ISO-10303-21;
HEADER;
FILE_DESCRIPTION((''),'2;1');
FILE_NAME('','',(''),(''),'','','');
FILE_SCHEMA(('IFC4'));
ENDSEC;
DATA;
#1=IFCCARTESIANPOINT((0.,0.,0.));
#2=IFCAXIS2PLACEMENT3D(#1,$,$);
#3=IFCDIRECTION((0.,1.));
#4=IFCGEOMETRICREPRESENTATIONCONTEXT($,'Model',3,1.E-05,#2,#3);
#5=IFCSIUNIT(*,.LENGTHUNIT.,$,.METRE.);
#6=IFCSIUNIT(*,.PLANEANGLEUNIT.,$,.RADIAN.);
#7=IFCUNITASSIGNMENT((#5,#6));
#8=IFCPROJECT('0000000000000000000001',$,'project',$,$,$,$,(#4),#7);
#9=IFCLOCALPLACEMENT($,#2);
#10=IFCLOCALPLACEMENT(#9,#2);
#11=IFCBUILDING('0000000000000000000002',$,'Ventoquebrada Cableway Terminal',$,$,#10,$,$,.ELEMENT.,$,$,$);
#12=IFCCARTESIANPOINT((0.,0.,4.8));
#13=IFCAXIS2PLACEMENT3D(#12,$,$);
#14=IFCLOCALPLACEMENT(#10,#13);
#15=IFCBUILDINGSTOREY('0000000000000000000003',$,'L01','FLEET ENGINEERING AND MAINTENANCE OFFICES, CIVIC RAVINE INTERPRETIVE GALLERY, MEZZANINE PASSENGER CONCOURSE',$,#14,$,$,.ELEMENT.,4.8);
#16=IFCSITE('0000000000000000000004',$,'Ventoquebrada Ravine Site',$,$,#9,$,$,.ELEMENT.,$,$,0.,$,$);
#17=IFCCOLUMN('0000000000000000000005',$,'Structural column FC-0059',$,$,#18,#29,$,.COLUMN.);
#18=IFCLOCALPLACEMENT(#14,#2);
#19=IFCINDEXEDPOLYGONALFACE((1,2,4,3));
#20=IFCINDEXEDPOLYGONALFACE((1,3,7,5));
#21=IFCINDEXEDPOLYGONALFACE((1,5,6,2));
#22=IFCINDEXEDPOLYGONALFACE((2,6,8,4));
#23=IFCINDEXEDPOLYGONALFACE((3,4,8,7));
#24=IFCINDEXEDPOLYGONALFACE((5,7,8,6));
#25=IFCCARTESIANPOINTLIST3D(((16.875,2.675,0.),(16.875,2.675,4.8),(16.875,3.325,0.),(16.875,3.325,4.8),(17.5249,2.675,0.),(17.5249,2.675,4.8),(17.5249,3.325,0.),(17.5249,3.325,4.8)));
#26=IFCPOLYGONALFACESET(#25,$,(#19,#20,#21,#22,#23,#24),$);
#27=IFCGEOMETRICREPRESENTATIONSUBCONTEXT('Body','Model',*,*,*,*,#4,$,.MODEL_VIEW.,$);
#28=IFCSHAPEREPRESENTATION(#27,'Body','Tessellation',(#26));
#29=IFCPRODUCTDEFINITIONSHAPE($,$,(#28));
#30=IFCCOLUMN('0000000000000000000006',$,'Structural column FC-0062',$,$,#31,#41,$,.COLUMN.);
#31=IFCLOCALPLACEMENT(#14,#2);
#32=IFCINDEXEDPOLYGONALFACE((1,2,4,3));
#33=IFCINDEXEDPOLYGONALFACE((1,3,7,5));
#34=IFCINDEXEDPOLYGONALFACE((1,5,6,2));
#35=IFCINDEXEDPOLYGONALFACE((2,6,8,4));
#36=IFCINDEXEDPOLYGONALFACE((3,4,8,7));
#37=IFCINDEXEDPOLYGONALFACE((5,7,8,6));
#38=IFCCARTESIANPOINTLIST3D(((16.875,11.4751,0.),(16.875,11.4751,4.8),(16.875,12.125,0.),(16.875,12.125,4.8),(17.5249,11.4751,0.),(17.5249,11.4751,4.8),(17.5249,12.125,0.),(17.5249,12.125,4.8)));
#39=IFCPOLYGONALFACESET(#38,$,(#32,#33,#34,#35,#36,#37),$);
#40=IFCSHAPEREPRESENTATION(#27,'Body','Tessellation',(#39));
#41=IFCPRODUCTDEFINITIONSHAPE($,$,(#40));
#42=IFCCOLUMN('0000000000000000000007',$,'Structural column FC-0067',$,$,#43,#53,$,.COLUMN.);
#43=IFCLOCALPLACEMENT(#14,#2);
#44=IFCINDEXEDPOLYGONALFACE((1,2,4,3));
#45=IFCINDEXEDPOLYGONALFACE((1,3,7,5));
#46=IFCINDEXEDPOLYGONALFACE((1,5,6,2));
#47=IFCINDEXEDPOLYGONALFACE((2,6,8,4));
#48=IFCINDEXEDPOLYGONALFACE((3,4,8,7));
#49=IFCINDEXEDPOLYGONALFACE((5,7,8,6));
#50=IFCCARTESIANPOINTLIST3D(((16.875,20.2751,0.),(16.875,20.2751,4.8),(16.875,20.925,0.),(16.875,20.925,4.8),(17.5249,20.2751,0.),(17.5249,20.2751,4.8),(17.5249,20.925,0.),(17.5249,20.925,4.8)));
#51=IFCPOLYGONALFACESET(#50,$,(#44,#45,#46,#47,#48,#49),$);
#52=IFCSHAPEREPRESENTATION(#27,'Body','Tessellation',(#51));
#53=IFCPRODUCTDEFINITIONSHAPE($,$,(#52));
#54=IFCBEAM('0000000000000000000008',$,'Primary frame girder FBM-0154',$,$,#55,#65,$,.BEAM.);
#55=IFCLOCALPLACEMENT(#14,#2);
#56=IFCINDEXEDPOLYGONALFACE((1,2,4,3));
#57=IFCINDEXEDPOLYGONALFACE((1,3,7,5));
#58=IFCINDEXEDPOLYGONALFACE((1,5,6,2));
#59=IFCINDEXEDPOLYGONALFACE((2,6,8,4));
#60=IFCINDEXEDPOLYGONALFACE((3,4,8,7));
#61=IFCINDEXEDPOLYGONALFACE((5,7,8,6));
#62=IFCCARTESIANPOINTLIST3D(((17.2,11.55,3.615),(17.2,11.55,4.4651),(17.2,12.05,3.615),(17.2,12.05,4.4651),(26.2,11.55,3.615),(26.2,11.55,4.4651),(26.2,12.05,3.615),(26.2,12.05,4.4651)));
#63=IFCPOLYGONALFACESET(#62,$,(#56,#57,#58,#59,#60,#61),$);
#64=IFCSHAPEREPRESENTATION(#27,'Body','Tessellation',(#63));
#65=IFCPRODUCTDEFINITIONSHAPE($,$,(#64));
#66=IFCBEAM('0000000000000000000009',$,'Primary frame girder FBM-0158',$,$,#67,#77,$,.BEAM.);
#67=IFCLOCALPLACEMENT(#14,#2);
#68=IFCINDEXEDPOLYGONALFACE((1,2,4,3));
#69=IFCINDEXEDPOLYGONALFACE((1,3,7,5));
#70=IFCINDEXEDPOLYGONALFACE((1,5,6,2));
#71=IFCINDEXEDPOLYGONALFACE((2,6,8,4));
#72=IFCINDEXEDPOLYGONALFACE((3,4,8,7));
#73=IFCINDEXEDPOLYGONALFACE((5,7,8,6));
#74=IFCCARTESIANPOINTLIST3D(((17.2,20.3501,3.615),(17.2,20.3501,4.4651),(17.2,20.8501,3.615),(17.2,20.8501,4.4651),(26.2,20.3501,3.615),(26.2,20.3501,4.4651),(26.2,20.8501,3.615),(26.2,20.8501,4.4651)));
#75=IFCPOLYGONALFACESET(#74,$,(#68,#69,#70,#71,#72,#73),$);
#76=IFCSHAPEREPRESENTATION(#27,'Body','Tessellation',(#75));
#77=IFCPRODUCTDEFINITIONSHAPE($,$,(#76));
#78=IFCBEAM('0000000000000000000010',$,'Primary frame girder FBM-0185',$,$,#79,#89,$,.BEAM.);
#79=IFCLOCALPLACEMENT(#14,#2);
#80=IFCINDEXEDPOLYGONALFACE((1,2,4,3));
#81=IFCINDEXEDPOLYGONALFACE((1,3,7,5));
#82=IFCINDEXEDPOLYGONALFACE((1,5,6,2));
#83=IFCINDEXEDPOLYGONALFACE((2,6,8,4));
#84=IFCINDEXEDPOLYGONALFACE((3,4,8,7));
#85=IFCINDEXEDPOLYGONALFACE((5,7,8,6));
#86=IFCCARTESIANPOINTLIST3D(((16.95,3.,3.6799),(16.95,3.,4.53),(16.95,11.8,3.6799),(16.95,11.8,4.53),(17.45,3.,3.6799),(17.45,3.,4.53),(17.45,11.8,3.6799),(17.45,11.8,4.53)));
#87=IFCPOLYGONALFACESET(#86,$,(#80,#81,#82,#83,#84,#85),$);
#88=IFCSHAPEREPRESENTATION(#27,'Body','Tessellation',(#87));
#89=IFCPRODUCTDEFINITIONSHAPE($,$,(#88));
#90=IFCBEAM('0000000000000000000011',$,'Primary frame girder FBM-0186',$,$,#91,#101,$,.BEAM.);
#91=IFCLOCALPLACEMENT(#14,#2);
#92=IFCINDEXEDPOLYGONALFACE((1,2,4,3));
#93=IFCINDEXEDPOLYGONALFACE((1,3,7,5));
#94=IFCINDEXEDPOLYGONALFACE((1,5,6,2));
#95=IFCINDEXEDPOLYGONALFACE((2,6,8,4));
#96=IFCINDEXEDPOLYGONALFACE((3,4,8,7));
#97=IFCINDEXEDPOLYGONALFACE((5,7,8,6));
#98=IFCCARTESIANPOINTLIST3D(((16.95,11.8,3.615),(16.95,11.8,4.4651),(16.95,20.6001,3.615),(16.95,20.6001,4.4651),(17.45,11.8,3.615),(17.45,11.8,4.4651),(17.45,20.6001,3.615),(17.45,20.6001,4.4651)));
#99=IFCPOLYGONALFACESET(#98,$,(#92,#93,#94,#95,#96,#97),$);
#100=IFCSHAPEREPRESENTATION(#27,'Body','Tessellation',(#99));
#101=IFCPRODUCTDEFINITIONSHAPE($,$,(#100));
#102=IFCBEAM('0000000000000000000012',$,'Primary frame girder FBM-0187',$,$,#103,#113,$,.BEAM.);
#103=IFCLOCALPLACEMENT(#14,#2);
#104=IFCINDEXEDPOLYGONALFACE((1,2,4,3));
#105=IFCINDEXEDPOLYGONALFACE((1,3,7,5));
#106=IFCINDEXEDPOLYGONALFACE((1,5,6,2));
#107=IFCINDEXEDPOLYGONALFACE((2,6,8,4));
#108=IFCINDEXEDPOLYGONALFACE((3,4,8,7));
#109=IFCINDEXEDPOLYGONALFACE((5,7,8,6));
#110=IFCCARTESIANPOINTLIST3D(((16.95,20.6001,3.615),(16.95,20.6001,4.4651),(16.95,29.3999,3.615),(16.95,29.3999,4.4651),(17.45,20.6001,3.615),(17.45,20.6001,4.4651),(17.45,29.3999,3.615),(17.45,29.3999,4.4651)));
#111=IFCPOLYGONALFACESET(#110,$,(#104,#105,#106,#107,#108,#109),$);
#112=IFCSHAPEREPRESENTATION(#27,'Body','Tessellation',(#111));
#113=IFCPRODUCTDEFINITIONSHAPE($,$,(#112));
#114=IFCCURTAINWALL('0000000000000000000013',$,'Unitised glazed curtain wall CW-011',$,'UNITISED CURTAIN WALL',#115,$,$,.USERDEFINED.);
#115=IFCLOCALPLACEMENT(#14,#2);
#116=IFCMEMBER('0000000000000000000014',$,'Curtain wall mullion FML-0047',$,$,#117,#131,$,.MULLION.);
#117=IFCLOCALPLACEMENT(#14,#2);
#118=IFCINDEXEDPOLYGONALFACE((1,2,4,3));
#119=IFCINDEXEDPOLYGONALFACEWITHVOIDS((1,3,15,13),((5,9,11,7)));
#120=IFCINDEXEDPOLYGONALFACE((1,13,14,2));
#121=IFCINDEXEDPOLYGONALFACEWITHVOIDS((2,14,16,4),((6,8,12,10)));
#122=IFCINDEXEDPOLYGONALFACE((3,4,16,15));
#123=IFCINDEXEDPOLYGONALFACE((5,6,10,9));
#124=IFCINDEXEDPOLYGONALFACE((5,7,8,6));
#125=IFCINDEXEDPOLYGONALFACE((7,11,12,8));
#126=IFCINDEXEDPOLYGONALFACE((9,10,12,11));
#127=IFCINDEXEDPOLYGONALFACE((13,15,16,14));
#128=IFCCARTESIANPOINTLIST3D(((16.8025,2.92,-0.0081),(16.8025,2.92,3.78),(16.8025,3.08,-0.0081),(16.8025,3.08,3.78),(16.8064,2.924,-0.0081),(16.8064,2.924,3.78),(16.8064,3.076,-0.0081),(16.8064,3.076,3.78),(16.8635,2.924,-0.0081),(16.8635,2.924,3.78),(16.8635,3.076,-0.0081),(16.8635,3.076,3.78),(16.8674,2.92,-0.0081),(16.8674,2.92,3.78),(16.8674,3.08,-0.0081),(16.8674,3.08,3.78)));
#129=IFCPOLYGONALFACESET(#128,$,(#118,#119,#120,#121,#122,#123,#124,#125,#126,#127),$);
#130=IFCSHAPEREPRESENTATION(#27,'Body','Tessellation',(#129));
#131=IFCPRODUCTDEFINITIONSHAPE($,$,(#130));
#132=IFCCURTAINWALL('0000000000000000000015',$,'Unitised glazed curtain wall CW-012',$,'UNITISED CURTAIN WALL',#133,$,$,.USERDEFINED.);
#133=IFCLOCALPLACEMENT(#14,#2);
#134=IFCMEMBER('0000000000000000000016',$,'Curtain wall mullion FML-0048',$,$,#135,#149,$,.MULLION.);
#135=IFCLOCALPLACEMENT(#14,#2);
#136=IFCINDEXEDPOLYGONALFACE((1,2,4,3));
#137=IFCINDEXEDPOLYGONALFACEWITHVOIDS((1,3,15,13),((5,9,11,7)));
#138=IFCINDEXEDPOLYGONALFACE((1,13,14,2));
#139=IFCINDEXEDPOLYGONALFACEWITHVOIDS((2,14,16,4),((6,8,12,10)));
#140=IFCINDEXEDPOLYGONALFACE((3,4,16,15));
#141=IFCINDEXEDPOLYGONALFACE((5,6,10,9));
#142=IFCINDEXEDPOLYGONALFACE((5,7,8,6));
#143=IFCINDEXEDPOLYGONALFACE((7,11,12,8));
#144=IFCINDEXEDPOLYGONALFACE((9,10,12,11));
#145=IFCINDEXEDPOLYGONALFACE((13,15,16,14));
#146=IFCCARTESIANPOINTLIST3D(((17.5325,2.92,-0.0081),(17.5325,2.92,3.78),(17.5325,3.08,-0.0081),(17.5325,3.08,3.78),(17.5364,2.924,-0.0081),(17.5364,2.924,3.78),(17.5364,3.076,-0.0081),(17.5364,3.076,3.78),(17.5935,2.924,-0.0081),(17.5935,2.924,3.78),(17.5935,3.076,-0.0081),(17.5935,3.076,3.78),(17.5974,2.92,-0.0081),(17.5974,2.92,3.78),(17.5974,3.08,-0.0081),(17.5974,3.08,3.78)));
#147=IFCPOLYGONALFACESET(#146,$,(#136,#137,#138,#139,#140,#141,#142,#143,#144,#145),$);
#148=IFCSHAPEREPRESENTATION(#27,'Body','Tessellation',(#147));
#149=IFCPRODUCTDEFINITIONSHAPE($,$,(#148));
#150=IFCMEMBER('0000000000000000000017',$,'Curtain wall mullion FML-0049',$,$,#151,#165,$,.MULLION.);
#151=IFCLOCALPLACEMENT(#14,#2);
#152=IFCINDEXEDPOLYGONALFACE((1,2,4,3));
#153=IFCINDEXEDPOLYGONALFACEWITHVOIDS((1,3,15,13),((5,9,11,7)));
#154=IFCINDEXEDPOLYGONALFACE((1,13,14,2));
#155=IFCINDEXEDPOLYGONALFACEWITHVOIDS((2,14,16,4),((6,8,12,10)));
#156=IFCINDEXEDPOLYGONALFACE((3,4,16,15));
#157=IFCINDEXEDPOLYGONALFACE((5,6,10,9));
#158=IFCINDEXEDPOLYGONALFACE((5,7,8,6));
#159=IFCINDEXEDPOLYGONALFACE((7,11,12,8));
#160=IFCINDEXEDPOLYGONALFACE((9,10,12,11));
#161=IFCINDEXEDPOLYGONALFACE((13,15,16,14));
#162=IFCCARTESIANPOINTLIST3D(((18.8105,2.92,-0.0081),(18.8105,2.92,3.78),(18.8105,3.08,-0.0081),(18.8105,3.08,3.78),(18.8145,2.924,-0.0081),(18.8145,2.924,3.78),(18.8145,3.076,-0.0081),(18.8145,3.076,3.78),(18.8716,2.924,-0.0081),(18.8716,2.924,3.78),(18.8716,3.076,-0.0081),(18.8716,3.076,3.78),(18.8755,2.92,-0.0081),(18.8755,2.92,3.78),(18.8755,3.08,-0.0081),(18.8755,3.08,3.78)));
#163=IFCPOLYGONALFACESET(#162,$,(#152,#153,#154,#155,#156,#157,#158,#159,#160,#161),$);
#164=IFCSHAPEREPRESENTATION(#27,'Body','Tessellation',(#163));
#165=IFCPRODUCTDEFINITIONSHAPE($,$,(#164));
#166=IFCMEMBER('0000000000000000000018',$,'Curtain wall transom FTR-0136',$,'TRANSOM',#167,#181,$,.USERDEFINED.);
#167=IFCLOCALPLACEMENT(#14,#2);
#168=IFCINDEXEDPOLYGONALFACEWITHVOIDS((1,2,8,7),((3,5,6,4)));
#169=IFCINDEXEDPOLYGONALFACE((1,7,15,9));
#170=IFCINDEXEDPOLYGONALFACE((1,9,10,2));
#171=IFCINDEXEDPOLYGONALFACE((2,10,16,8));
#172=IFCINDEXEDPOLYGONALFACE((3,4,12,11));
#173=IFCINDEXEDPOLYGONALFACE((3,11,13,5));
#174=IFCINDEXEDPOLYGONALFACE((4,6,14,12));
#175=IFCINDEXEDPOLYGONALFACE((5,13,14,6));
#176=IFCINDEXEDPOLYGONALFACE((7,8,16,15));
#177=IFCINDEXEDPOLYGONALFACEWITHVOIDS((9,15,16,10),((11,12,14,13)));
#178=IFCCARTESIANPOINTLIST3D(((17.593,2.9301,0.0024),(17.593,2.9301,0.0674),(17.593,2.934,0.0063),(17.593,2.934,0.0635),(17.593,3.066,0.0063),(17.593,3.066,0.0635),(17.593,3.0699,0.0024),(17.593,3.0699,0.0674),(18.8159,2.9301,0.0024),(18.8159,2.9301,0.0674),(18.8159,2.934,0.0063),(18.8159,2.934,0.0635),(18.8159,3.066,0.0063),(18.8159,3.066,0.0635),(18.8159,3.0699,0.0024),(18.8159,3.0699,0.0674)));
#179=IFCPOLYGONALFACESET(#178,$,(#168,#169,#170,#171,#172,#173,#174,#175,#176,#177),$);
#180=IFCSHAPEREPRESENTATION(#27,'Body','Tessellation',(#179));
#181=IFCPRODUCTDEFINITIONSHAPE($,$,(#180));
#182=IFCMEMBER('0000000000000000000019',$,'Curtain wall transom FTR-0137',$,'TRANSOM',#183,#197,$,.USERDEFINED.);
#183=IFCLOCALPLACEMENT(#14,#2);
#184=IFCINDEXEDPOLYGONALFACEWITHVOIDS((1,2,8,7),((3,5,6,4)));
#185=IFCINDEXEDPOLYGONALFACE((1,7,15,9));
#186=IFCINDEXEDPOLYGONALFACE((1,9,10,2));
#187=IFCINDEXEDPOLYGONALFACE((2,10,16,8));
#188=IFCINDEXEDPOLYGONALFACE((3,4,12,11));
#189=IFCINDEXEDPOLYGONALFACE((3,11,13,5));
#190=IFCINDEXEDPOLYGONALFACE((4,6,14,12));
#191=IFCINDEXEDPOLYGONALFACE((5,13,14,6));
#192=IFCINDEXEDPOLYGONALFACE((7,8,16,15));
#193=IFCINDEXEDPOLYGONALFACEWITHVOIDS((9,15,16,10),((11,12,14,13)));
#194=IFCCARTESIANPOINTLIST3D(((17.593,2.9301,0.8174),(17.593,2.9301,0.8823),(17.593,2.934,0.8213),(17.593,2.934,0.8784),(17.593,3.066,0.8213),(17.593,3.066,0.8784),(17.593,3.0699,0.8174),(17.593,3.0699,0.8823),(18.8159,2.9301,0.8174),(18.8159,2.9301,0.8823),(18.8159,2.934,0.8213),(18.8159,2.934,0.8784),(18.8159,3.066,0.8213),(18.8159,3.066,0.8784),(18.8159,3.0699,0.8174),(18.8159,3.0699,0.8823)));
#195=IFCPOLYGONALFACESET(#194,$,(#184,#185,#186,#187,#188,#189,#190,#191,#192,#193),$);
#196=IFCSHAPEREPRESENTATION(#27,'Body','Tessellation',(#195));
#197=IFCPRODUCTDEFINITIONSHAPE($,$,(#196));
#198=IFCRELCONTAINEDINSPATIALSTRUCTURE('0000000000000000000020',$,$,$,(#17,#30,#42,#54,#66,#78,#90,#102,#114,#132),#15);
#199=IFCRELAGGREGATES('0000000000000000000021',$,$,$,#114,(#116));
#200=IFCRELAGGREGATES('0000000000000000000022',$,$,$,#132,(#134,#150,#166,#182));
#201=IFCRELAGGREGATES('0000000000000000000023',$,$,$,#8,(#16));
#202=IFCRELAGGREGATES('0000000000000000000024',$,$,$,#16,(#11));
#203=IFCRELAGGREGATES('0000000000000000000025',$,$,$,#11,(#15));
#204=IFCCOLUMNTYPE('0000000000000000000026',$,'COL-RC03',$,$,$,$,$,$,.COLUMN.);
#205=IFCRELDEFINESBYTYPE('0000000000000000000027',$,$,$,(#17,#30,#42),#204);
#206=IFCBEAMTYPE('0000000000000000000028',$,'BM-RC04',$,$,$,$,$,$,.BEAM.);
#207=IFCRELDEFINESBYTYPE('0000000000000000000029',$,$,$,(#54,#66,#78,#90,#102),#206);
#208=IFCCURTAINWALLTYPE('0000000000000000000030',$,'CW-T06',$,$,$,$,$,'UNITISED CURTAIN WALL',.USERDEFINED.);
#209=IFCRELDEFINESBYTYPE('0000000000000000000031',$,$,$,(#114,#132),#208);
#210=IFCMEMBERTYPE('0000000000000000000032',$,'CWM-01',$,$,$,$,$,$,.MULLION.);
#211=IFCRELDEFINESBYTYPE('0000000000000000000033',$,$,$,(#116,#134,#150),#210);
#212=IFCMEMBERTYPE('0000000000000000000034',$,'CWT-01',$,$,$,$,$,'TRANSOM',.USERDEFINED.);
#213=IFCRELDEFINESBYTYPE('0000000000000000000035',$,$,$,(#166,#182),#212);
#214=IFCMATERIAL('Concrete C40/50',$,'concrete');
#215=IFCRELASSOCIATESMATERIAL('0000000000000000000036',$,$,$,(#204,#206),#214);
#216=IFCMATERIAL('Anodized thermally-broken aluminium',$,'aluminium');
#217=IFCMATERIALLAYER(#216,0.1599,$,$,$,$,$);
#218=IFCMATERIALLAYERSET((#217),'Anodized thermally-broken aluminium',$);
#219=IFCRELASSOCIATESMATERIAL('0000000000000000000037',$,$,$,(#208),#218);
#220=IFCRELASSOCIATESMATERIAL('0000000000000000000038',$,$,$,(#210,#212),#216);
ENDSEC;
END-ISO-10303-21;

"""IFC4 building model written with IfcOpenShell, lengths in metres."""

from ifc_helpers import new_model, si_unit, direction, frame, origin, origin_2d, place, context, subcontext, project, spatial, rectangle, hollow_rectangle, extrude, material, layer, layer_set, material_profile, profile_set, type_object, element, aggregate, save


model = new_model("IFC4")

# Units and contexts
model_context = context("Model", 3, precision=1e-05, world=origin(), true_north=direction((0.0, 1.0)))
body_context = subcontext(model_context, "Body", "Model", "MODEL_VIEW")
ifc_project = project(units=[si_unit("LENGTHUNIT", "METRE"), si_unit("PLANEANGLEUNIT", "RADIAN")], contexts=[model_context])

# Site, building, storey
site_placement = place(None, origin())
site = spatial("IfcSite", under=ifc_project, at=site_placement, Name="Ventoquebrada Ravine Site", CompositionType="ELEMENT", RefElevation=0.0)
building_placement = place(site_placement, origin())
building = spatial("IfcBuilding", under=site, at=building_placement, Name="Ventoquebrada Cableway Terminal", CompositionType="ELEMENT")
storey_placement = place(building_placement, frame((0.0, 0.0, 4.8)))
storey = spatial("IfcBuildingStorey", under=building, at=storey_placement, Name="L01", Description="FLEET ENGINEERING AND MAINTENANCE OFFICES, CIVIC RAVINE INTERPRETIVE GALLERY, MEZZANINE PASSENGER CONCOURSE", CompositionType="ELEMENT", Elevation=4.8)

# Columns
ifc_material_1 = material(Name="Concrete C40/50", Category="concrete")
ifc_material_profile_1 = material_profile(ifc_material_1, rectangle(XDim=0.6499, YDim=0.6499, at=origin_2d()), Name="RC-COL-650X650")
ifc_profile_set_1 = profile_set([ifc_material_profile_1], Name="Concrete C40/50")
column_type = type_object("IfcColumnType", Name="COL-RC03", PredefinedType="COLUMN", material=ifc_profile_set_1)
for number, where, z_axis, x_axis, name in (
    (1, (17.2, 3.0, 0.0), (0.0, 0.0, 1.0), (1.0, 0.0, 0.0), "Structural column FC-0059"),
    (2, (17.2, 11.8, 0.0), (0.0, 0.0, 1.0), (1.0, 0.0, 0.0), "Structural column FC-0062"),
    (3, (17.2, 20.6001, 0.0), (0.0, 0.0, 1.0), (1.0, 0.0, 0.0), "Structural column FC-0067"),
):
    element("IfcColumn", number, at=place(storey_placement, frame(where, z_axis=z_axis, x_axis=x_axis)), inside=storey, type_object=column_type, Name=name, PredefinedType="COLUMN", context=body_context, shape_type="SweptSolid", body=[
        extrude(rectangle(XDim=0.6499, YDim=0.6499, at=origin_2d()), origin(), (0.0, 0.0, 1.0), 4.8),
    ])

# Beams
ifc_material_profile_2 = material_profile(ifc_material_1, rectangle(XDim=0.5, YDim=0.8501, at=origin_2d()), Name="RC-BM-500X850")
ifc_profile_set_2 = profile_set([ifc_material_profile_2], Name="Concrete C40/50")
beam_type_1 = type_object("IfcBeamType", Name="BM-RC04", PredefinedType="BEAM", material=ifc_profile_set_2)
for number, where, z_axis, x_axis, name in (
    (4, (17.2, 11.8, 4.04), (1.0, 0.0, 0.0), (0.0, 1.0, 0.0), "Primary frame girder FBM-0154"),
    (5, (17.2, 20.6001, 4.04), (1.0, 0.0, 0.0), (0.0, 1.0, 0.0), "Primary frame girder FBM-0158"),
):
    element("IfcBeam", number, at=place(storey_placement, frame(where, z_axis=z_axis, x_axis=x_axis)), inside=storey, type_object=beam_type_1, Name=name, PredefinedType="BEAM", context=body_context, shape_type="SweptSolid", body=[
        extrude(rectangle(XDim=0.5, YDim=0.8501, at=origin_2d()), origin(), (0.0, 0.0, 1.0), 9.0),
    ])
for number, where, z_axis, x_axis, name in (
    (6, (17.2, 3.0, 4.105), (0.0, 1.0, 0.0), (-1.0, 0.0, 0.0), "Primary frame girder FBM-0185"),
    (7, (17.2, 11.8, 4.04), (0.0, 1.0, 0.0), (-1.0, 0.0, 0.0), "Primary frame girder FBM-0186"),
):
    element("IfcBeam", number, at=place(storey_placement, frame(where, z_axis=z_axis, x_axis=x_axis)), inside=storey, type_object=beam_type_1, Name=name, PredefinedType="BEAM", context=body_context, shape_type="SweptSolid", body=[
        extrude(rectangle(XDim=0.5, YDim=0.8501, at=origin_2d()), origin(), (0.0, 0.0, 1.0), 8.8),
    ])
beam_1_placement = place(storey_placement, frame((17.2, 20.6001, 4.04), z_axis=(0.0, 1.0, 0.0), x_axis=(-1.0, 0.0, 0.0)))
element("IfcBeam", 8, at=beam_1_placement, inside=storey, type_object=beam_type_1, Name="Primary frame girder FBM-0187", PredefinedType="BEAM", context=body_context, shape_type="SweptSolid", body=[
    extrude(rectangle(XDim=0.5, YDim=0.8501, at=origin_2d()), origin(), (0.0, 0.0, 1.0), 8.7998),
])

# Curtain wall, member
ifc_material_2 = material(Name="Anodized thermally-broken aluminium", Category="aluminium")
ifc_layer_1 = layer(ifc_material_2, 0.1599)
ifc_layer_set_1 = layer_set([ifc_layer_1], Name="Anodized thermally-broken aluminium")
curtain_wall_type = type_object("IfcCurtainWallType", Name="CW-T06", ElementType="UNITISED CURTAIN WALL", PredefinedType="USERDEFINED", material=ifc_layer_set_1)
curtain_wall_1_placement = place(storey_placement, origin())
curtain_wall_1 = element("IfcCurtainWall", 9, at=curtain_wall_1_placement, inside=storey, type_object=curtain_wall_type, Name="Unitised glazed curtain wall CW-011", ObjectType="UNITISED CURTAIN WALL", PredefinedType="USERDEFINED")
ifc_material_profile_3 = material_profile(ifc_material_2, hollow_rectangle(XDim=0.0649, YDim=0.1599, WallThickness=0.0039, at=origin_2d()), Name="CW-MUL-65X160")
ifc_profile_set_3 = profile_set([ifc_material_profile_3], Name="Anodized thermally-broken aluminium")
member_type_1 = type_object("IfcMemberType", Name="CWM-01", PredefinedType="MULLION", material=ifc_profile_set_3)
member_1_placement = place(storey_placement, frame((16.835, 3.0, -0.0081), z_axis=(0.0, 0.0, 1.0), x_axis=(1.0, 0.0, 0.0)))
member_1 = element("IfcMember", 10, at=member_1_placement, type_object=member_type_1, Name="Curtain wall mullion FML-0047", PredefinedType="MULLION", context=body_context, shape_type="SweptSolid", body=[
    extrude(hollow_rectangle(XDim=0.0649, YDim=0.1599, WallThickness=0.0039, at=origin_2d()), origin(), (0.0, 0.0, 1.0), 3.7881),
])

# Curtain wall, members
curtain_wall_2_placement = place(storey_placement, origin())
curtain_wall_2 = element("IfcCurtainWall", 11, at=curtain_wall_2_placement, inside=storey, type_object=curtain_wall_type, Name="Unitised glazed curtain wall CW-012", ObjectType="UNITISED CURTAIN WALL", PredefinedType="USERDEFINED")
member_2_placement = place(storey_placement, frame((17.5649, 3.0, -0.0081), z_axis=(0.0, 0.0, 1.0), x_axis=(1.0, 0.0, 0.0)))
member_2 = element("IfcMember", 12, at=member_2_placement, type_object=member_type_1, Name="Curtain wall mullion FML-0048", PredefinedType="MULLION", context=body_context, shape_type="SweptSolid", body=[
    extrude(hollow_rectangle(XDim=0.0649, YDim=0.1599, WallThickness=0.0039, at=origin_2d()), origin(), (0.0, 0.0, 1.0), 3.7881),
])
member_3_placement = place(storey_placement, frame((18.843, 3.0, -0.0081), z_axis=(0.0, 0.0, 1.0), x_axis=(1.0, 0.0, 0.0)))
member_3 = element("IfcMember", 13, at=member_3_placement, type_object=member_type_1, Name="Curtain wall mullion FML-0049", PredefinedType="MULLION", context=body_context, shape_type="SweptSolid", body=[
    extrude(hollow_rectangle(XDim=0.0649, YDim=0.1599, WallThickness=0.0039, at=origin_2d()), origin(), (0.0, 0.0, 1.0), 3.7881),
])
ifc_material_profile_4 = material_profile(ifc_material_2, hollow_rectangle(XDim=0.0649, YDim=0.1399, WallThickness=0.0039, at=origin_2d()), Name="CW-TRN-65X140")
ifc_profile_set_4 = profile_set([ifc_material_profile_4], Name="Anodized thermally-broken aluminium")
member_type_2 = type_object("IfcMemberType", Name="CWT-01", ElementType="TRANSOM", PredefinedType="USERDEFINED", material=ifc_profile_set_4)
member_4_placement = place(storey_placement, frame((17.593, 3.0, 0.0349), z_axis=(1.0, 0.0, 0.0), x_axis=(0.0, 0.0, 1.0)))
member_4 = element("IfcMember", 14, at=member_4_placement, type_object=member_type_2, Name="Curtain wall transom FTR-0136", ObjectType="TRANSOM", PredefinedType="USERDEFINED", context=body_context, shape_type="SweptSolid", body=[
    extrude(hollow_rectangle(XDim=0.0649, YDim=0.1399, WallThickness=0.0039, at=origin_2d()), origin(), (0.0, 0.0, 1.0), 1.2229),
])
member_5_placement = place(storey_placement, frame((17.593, 3.0, 0.8499), z_axis=(1.0, 0.0, 0.0), x_axis=(0.0, 0.0, 1.0)))
member_5 = element("IfcMember", 15, at=member_5_placement, type_object=member_type_2, Name="Curtain wall transom FTR-0137", ObjectType="TRANSOM", PredefinedType="USERDEFINED", context=body_context, shape_type="SweptSolid", body=[
    extrude(hollow_rectangle(XDim=0.0649, YDim=0.1399, WallThickness=0.0039, at=origin_2d()), origin(), (0.0, 0.0, 1.0), 1.2229),
])

aggregate(curtain_wall_1, [member_1])
aggregate(curtain_wall_2, [member_2, member_3, member_4, member_5])

save(model, "model.ifc")
